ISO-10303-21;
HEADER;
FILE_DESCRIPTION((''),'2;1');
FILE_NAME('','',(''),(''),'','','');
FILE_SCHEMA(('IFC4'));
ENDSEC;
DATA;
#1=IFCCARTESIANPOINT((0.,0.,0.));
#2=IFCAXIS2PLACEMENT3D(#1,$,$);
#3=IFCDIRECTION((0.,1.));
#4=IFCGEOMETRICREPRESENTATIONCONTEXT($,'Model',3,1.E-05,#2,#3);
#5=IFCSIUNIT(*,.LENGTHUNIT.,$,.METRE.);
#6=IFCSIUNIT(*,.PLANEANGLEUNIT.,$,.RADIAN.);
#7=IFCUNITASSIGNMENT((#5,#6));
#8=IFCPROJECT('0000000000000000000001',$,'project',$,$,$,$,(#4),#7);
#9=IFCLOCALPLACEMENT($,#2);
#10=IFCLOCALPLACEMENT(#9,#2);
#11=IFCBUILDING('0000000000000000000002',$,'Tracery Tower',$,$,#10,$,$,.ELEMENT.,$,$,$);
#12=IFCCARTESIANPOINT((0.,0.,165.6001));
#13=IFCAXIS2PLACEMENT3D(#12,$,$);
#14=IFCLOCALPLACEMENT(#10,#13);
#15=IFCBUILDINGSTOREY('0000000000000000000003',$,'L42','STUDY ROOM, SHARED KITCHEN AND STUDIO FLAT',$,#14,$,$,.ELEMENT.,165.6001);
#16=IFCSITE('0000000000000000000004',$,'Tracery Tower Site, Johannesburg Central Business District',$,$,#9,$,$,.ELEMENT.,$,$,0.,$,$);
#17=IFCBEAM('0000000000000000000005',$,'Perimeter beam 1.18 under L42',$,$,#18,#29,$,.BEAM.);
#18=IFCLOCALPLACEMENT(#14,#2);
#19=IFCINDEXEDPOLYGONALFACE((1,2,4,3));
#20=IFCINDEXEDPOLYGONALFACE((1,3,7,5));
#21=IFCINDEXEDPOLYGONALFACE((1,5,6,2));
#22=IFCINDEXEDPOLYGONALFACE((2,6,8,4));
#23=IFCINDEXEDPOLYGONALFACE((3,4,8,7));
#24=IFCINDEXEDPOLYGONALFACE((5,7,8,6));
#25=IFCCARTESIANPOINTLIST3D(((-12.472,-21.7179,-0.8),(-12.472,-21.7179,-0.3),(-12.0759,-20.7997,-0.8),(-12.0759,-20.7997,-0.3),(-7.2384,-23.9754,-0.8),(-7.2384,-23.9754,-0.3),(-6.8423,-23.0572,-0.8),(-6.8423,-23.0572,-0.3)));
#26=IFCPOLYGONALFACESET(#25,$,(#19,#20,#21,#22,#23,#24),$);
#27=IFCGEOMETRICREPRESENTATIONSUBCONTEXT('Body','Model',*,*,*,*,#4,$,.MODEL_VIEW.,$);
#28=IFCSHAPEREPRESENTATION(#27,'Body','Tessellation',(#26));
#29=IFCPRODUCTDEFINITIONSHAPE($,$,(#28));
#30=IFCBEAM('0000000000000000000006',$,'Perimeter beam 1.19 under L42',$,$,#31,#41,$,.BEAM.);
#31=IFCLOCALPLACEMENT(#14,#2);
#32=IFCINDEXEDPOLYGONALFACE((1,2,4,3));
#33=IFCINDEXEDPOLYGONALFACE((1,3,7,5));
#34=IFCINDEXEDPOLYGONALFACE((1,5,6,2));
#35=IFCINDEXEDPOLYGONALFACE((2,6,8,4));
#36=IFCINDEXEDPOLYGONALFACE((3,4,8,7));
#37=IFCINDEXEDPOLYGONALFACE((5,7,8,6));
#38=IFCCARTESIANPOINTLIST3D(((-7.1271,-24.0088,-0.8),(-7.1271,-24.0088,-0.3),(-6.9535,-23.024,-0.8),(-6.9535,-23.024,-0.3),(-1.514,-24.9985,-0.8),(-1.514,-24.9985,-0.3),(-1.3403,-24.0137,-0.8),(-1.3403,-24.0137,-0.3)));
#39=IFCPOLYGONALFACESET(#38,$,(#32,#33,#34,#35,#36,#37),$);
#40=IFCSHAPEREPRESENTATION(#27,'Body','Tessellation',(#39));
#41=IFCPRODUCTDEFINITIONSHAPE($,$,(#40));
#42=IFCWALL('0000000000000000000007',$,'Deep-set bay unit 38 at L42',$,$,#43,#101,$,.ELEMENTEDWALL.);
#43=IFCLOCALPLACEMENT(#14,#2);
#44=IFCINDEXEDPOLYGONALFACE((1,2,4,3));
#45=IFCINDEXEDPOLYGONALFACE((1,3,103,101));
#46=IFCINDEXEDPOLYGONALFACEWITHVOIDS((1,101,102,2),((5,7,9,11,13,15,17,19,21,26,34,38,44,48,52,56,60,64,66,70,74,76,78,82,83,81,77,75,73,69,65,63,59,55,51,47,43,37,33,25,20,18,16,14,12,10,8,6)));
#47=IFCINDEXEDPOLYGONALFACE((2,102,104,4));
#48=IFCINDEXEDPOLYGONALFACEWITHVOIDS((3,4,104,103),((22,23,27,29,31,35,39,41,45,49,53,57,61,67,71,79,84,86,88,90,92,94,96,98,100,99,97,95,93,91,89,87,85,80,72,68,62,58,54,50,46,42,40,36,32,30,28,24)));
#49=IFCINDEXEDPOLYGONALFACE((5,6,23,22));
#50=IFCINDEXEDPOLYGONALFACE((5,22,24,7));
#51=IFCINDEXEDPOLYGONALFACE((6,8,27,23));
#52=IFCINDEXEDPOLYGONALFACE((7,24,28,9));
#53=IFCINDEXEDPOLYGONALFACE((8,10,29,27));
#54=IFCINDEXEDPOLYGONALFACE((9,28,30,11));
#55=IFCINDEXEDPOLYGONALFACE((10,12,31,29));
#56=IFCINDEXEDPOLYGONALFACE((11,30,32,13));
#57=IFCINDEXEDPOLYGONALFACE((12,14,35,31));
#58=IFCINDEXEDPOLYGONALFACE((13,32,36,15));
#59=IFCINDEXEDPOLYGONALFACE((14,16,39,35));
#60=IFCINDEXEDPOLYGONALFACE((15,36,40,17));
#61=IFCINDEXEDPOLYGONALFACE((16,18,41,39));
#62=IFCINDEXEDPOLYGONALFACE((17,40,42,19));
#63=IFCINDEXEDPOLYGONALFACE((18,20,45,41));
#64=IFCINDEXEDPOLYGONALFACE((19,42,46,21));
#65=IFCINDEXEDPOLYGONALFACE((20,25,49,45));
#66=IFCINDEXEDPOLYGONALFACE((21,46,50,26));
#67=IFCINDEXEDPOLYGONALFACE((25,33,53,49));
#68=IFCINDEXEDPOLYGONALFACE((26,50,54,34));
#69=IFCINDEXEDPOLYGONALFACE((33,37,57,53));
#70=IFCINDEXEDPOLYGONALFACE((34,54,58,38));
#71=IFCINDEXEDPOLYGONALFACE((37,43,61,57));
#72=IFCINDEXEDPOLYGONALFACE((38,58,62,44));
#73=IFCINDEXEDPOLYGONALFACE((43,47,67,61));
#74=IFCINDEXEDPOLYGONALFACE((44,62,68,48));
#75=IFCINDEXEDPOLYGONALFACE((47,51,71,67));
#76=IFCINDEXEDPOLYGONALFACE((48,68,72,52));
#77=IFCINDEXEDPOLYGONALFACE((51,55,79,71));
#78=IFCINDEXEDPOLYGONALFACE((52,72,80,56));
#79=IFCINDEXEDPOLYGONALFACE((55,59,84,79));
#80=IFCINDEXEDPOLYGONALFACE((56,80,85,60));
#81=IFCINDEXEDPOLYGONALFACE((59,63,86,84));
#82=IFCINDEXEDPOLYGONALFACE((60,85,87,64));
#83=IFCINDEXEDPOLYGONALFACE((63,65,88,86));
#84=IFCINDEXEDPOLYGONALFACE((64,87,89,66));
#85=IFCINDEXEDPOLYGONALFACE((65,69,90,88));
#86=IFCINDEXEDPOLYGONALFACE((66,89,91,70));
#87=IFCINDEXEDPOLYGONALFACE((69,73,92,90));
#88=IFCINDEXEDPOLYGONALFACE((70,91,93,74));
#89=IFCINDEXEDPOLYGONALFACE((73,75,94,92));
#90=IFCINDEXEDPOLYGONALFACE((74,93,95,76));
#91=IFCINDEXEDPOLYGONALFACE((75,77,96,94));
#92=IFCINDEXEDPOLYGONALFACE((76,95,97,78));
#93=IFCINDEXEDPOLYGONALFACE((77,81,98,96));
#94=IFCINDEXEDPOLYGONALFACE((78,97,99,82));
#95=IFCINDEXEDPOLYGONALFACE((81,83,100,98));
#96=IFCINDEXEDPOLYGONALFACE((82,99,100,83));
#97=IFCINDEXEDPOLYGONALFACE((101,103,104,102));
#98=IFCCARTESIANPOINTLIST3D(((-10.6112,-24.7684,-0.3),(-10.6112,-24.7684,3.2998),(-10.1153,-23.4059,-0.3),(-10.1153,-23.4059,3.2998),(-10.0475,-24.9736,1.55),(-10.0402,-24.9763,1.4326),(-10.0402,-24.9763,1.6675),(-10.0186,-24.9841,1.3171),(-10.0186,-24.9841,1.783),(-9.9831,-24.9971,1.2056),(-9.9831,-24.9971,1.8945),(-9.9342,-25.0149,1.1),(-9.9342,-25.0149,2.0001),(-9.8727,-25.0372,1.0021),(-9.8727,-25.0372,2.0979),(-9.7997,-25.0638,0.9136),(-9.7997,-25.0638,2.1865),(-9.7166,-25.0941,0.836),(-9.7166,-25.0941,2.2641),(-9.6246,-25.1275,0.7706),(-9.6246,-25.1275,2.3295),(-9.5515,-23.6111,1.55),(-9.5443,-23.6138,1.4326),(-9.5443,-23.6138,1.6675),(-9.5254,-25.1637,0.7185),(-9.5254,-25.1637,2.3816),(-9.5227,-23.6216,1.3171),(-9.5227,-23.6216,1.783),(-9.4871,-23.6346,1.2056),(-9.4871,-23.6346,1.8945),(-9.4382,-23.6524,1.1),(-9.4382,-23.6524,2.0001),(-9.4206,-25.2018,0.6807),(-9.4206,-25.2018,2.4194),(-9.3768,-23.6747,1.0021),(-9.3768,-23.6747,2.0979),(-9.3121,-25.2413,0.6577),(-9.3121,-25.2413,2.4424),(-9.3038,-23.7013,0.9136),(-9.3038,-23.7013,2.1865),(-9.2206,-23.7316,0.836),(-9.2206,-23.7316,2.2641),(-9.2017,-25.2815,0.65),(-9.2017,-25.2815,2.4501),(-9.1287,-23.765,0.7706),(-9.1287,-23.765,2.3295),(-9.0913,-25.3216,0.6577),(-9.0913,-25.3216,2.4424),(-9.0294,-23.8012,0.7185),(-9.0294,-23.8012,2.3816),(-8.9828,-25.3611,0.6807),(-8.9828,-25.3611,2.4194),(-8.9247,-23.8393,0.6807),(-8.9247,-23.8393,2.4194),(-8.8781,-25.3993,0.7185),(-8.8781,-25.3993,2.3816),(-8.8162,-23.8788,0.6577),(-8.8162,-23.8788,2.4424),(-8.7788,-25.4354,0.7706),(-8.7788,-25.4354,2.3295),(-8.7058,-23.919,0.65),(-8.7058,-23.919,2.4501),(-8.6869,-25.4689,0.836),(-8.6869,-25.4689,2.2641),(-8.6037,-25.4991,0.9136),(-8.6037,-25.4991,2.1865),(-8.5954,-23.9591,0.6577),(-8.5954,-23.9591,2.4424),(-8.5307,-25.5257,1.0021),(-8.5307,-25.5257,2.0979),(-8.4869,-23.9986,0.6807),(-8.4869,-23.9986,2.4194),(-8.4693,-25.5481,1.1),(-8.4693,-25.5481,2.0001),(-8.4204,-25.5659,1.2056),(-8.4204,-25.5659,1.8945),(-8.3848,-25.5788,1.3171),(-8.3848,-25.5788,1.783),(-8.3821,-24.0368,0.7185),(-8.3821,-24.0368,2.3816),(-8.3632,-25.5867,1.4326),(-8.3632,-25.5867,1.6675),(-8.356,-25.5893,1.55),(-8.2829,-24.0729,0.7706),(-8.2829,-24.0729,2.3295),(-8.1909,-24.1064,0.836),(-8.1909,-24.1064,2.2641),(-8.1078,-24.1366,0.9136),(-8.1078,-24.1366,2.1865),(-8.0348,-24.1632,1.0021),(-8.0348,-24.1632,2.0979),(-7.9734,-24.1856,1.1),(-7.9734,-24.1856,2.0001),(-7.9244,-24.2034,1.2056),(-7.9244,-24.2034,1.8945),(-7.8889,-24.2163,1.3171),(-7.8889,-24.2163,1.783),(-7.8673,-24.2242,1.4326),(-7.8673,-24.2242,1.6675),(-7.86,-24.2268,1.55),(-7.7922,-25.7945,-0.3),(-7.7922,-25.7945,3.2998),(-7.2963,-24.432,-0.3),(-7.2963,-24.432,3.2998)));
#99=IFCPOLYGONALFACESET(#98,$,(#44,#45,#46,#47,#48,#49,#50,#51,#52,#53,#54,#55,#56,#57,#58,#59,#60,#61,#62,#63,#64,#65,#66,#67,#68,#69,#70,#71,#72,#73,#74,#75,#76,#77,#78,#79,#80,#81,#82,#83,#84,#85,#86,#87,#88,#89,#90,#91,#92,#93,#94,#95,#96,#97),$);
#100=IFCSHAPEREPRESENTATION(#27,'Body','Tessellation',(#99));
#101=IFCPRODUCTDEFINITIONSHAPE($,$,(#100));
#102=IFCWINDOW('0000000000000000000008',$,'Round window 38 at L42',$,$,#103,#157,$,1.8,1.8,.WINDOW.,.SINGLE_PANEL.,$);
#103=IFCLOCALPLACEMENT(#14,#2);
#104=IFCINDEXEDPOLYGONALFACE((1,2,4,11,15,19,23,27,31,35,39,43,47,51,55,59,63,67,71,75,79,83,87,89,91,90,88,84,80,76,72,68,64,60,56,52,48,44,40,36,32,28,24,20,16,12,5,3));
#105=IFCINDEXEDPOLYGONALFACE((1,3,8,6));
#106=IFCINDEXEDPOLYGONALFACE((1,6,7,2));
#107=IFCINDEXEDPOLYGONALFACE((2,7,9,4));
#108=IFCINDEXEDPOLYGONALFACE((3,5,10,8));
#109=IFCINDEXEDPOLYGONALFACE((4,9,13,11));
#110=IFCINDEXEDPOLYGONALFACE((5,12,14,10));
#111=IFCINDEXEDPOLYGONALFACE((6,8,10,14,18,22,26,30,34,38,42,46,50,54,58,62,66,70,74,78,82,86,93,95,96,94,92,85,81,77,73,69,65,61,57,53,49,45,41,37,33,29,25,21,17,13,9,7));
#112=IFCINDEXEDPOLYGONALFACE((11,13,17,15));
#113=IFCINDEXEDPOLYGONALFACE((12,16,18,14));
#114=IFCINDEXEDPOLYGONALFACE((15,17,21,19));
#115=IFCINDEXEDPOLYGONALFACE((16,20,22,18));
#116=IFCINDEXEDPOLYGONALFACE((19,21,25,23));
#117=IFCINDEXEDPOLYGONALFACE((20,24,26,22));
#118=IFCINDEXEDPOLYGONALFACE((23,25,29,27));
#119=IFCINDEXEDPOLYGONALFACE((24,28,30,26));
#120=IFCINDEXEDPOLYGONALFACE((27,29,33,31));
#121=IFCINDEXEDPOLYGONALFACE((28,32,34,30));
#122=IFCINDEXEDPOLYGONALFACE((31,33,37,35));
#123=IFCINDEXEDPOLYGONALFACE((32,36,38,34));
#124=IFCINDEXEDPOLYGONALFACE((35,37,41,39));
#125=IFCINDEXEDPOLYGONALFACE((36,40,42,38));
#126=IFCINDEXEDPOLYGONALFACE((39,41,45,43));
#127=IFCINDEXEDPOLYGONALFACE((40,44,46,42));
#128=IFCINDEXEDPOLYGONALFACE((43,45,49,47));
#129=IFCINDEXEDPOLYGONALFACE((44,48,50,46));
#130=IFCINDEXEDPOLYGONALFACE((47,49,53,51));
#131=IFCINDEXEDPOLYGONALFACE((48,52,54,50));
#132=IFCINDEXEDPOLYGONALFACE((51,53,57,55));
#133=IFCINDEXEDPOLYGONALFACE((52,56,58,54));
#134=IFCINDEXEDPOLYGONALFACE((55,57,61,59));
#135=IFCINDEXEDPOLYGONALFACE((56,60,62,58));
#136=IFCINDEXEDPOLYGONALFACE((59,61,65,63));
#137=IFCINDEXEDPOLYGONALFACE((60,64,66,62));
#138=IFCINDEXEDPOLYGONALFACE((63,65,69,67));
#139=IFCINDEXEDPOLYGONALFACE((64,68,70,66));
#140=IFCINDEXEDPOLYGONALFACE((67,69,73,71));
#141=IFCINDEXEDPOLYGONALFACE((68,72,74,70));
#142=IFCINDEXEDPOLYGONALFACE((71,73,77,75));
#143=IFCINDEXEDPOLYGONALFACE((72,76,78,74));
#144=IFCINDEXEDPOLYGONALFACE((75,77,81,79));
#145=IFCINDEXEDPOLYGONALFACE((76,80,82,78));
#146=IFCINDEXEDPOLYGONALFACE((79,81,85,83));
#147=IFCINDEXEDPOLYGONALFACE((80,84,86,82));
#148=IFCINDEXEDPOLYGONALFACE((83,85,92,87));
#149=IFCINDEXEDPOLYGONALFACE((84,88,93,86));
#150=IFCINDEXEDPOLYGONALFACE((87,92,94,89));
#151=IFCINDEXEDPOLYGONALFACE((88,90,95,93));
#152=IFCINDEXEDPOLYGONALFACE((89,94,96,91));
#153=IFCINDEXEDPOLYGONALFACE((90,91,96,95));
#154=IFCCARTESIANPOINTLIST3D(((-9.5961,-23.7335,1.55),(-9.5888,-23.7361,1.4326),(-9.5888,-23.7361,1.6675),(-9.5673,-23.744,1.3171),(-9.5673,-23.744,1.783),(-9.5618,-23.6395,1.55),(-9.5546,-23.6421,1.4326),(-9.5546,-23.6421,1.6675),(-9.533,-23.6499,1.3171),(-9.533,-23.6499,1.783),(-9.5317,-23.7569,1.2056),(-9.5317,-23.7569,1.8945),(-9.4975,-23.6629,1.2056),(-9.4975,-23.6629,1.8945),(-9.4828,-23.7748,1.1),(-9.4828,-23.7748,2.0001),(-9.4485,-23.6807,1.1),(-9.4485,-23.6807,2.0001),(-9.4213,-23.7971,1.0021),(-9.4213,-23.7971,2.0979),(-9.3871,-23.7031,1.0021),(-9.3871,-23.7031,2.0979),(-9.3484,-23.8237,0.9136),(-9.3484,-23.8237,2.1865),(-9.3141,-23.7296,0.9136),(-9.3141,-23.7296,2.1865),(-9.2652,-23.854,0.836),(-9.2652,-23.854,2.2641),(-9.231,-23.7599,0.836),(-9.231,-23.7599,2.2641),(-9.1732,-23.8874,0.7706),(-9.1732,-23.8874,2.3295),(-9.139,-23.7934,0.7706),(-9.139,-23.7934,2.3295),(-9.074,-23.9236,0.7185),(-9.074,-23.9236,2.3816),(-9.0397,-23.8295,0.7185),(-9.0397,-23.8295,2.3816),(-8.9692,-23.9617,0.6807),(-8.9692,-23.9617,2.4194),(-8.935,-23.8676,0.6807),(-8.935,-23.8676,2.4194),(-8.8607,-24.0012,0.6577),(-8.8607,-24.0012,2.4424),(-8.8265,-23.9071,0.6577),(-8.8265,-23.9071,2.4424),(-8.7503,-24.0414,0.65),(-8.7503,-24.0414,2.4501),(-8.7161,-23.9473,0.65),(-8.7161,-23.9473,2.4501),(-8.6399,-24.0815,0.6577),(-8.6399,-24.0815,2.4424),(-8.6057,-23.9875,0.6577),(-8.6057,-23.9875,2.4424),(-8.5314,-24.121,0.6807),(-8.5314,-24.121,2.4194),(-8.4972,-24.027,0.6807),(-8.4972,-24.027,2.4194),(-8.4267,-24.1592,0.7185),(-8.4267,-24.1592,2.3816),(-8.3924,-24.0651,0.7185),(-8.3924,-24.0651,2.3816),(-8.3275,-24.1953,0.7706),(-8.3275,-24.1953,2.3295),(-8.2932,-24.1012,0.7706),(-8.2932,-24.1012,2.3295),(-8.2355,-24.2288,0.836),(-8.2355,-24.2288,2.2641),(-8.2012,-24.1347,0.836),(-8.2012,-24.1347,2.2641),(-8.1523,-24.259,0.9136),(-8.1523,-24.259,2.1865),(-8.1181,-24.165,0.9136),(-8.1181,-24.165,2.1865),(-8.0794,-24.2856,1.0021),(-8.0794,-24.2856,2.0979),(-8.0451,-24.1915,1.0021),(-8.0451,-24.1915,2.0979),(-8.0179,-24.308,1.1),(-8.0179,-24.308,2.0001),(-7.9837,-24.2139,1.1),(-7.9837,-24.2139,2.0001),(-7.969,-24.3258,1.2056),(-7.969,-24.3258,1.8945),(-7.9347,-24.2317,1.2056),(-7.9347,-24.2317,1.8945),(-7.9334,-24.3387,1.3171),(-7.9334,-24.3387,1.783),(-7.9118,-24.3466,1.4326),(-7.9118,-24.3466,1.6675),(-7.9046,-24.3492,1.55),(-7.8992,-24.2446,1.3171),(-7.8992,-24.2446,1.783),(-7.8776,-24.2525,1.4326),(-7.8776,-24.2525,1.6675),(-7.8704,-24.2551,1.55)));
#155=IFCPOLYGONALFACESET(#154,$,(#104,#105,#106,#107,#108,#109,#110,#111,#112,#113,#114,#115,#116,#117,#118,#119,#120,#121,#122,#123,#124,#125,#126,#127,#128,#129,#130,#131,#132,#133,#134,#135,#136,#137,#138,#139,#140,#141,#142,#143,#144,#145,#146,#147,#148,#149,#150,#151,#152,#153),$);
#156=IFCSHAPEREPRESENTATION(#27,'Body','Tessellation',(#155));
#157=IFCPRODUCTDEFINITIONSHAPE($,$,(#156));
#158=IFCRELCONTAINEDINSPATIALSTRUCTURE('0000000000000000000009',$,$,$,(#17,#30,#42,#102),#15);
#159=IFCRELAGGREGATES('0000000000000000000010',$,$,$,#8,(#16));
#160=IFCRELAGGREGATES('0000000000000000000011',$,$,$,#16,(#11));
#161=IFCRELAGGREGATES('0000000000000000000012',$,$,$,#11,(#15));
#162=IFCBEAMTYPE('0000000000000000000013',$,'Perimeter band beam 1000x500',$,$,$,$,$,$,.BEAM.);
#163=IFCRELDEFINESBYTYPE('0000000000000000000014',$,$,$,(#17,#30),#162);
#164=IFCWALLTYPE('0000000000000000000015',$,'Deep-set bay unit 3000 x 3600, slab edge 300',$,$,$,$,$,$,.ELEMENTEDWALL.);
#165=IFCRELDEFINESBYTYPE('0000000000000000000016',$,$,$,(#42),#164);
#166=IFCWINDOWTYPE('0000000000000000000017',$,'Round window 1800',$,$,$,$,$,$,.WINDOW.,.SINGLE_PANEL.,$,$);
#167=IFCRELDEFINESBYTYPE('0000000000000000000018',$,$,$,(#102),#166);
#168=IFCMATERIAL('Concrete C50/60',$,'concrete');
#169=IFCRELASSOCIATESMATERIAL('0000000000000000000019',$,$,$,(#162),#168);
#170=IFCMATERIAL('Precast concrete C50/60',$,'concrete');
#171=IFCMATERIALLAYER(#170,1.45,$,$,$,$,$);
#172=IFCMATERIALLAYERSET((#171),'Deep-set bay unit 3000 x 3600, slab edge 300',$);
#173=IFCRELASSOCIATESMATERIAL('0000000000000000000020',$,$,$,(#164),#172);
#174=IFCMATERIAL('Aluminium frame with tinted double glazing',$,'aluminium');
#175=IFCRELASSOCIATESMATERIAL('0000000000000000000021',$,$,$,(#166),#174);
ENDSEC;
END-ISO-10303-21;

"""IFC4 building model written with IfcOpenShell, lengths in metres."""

from ifc_helpers import new_model, si_unit, direction, frame, frame_2d, origin, origin_2d, place, context, subcontext, project, spatial, rectangle, circle, extrude, material, layer, layer_set, material_profile, profile_set, type_object, element, fill, save


model = new_model("IFC4")

# Units and contexts
model_context = context("Model", 3, precision=1e-05, world=origin(), true_north=direction((0.0, 1.0)))
body_context = subcontext(model_context, "Body", "Model", "MODEL_VIEW")
ifc_project = project(units=[si_unit("LENGTHUNIT", "METRE"), si_unit("PLANEANGLEUNIT", "RADIAN")], contexts=[model_context])

# Site, building, storey
site_placement = place(None, origin())
site = spatial("IfcSite", under=ifc_project, at=site_placement, Name="Tracery Tower Site, Johannesburg Central Business District", CompositionType="ELEMENT", RefElevation=0.0)
building_placement = place(site_placement, origin())
building = spatial("IfcBuilding", under=site, at=building_placement, Name="Tracery Tower", CompositionType="ELEMENT")
storey_placement = place(building_placement, frame((0.0, 0.0, 165.6001)))
storey = spatial("IfcBuildingStorey", under=building, at=storey_placement, Name="L42", Description="STUDY ROOM, SHARED KITCHEN AND STUDIO FLAT", CompositionType="ELEMENT", Elevation=165.6001)

# Beams
ifc_material_1 = material(Name="Concrete C50/60", Category="concrete")
ifc_material_profile_1 = material_profile(ifc_material_1, rectangle(XDim=1.0, YDim=0.5, at=origin_2d()), Name="RC 1000x500")
ifc_profile_set_1 = profile_set([ifc_material_profile_1], Name="Concrete C50/60")
beam_type = type_object("IfcBeamType", Name="Perimeter band beam 1000x500", PredefinedType="BEAM", material=ifc_profile_set_1)
for number, where, z_axis, x_axis, name in (
    (1, (-12.2739, -21.2588, -0.55), (0.918216, -0.396079, 0.0), (0.396079, 0.918216, 0.0), "Perimeter beam 1.18 under L42"),
    (2, (-7.0403, -23.5164, -0.55), (0.984807, -0.173651, 0.0), (0.173651, 0.984807, 0.0), "Perimeter beam 1.19 under L42"),
):
    element("IfcBeam", number, at=place(storey_placement, frame(where, z_axis=z_axis, x_axis=x_axis)), inside=storey, type_object=beam_type, Name=name, PredefinedType="BEAM", context=body_context, shape_type="SweptSolid", body=[
        extrude(rectangle(XDim=1.0, YDim=0.5, at=origin_2d()), origin(), (0.0, 0.0, 1.0), 5.6997),
    ])

# Wall, opening, window
ifc_material_2 = material(Name="Precast concrete C50/60", Category="concrete")
ifc_layer_1 = layer(ifc_material_2, 1.45)
ifc_layer_set_1 = layer_set([ifc_layer_1], Name="Deep-set bay unit 3000 x 3600, slab edge 300")
wall_type_1 = type_object("IfcWallType", Name="Deep-set bay unit 3000 x 3600, slab edge 300", PredefinedType="ELEMENTEDWALL", material=ifc_layer_set_1)
wall_1_placement = place(storey_placement, frame((-10.3633, -24.0872, -0.3), z_axis=(0.0, 0.0, 1.0), x_axis=(0.939686, -0.342037, 0.0)))
wall_1 = element("IfcWall", 3, at=wall_1_placement, inside=storey, type_object=wall_type_1, Name="Deep-set bay unit 38 at L42", PredefinedType="ELEMENTEDWALL", context=body_context, shape_type="SweptSolid", body=[
    extrude(rectangle(XDim=3.0, YDim=1.45, at=frame_2d((1.5, 0.0))), origin(), (0.0, 0.0, 1.0), 3.5999),
])
opening_1_placement = place(wall_1_placement, frame((1.5, 0.0, 1.8501)))
opening_1 = element("IfcOpeningElement", 4, at=opening_1_placement, cuts=wall_1, PredefinedType="OPENING", context=body_context, shape_type="SweptSolid", body=[
    extrude(circle(Radius=0.9, at=origin_2d()), frame((0.0, 0.7349, 0.0), z_axis=(0.0, -1.0, 0.0), x_axis=(1.0, 0.0, 0.0)), (0.0, 0.0, 1.0), 1.47),
])
ifc_material_3 = material(Name="Aluminium frame with tinted double glazing", Category="aluminium")
window_type = type_object("IfcWindowType", Name="Round window 1800", PartitioningType="SINGLE_PANEL", PredefinedType="WINDOW", material=ifc_material_3)
window_1_placement = place(opening_1_placement, origin())
window_1 = element("IfcWindow", 5, at=window_1_placement, inside=storey, type_object=window_type, Name="Round window 38 at L42", OverallHeight=1.8, OverallWidth=1.8, PartitioningType="SINGLE_PANEL", PredefinedType="WINDOW", context=body_context, shape_type="SweptSolid", body=[
    extrude(circle(Radius=0.9, at=origin_2d()), frame((0.0, 0.6948, 0.0), z_axis=(0.0, -1.0, 0.0), x_axis=(1.0, 0.0, 0.0)), (0.0, 0.0, 1.0), 0.1001),
])
fill(opening_1, window_1)

save(model, "model.ifc")
